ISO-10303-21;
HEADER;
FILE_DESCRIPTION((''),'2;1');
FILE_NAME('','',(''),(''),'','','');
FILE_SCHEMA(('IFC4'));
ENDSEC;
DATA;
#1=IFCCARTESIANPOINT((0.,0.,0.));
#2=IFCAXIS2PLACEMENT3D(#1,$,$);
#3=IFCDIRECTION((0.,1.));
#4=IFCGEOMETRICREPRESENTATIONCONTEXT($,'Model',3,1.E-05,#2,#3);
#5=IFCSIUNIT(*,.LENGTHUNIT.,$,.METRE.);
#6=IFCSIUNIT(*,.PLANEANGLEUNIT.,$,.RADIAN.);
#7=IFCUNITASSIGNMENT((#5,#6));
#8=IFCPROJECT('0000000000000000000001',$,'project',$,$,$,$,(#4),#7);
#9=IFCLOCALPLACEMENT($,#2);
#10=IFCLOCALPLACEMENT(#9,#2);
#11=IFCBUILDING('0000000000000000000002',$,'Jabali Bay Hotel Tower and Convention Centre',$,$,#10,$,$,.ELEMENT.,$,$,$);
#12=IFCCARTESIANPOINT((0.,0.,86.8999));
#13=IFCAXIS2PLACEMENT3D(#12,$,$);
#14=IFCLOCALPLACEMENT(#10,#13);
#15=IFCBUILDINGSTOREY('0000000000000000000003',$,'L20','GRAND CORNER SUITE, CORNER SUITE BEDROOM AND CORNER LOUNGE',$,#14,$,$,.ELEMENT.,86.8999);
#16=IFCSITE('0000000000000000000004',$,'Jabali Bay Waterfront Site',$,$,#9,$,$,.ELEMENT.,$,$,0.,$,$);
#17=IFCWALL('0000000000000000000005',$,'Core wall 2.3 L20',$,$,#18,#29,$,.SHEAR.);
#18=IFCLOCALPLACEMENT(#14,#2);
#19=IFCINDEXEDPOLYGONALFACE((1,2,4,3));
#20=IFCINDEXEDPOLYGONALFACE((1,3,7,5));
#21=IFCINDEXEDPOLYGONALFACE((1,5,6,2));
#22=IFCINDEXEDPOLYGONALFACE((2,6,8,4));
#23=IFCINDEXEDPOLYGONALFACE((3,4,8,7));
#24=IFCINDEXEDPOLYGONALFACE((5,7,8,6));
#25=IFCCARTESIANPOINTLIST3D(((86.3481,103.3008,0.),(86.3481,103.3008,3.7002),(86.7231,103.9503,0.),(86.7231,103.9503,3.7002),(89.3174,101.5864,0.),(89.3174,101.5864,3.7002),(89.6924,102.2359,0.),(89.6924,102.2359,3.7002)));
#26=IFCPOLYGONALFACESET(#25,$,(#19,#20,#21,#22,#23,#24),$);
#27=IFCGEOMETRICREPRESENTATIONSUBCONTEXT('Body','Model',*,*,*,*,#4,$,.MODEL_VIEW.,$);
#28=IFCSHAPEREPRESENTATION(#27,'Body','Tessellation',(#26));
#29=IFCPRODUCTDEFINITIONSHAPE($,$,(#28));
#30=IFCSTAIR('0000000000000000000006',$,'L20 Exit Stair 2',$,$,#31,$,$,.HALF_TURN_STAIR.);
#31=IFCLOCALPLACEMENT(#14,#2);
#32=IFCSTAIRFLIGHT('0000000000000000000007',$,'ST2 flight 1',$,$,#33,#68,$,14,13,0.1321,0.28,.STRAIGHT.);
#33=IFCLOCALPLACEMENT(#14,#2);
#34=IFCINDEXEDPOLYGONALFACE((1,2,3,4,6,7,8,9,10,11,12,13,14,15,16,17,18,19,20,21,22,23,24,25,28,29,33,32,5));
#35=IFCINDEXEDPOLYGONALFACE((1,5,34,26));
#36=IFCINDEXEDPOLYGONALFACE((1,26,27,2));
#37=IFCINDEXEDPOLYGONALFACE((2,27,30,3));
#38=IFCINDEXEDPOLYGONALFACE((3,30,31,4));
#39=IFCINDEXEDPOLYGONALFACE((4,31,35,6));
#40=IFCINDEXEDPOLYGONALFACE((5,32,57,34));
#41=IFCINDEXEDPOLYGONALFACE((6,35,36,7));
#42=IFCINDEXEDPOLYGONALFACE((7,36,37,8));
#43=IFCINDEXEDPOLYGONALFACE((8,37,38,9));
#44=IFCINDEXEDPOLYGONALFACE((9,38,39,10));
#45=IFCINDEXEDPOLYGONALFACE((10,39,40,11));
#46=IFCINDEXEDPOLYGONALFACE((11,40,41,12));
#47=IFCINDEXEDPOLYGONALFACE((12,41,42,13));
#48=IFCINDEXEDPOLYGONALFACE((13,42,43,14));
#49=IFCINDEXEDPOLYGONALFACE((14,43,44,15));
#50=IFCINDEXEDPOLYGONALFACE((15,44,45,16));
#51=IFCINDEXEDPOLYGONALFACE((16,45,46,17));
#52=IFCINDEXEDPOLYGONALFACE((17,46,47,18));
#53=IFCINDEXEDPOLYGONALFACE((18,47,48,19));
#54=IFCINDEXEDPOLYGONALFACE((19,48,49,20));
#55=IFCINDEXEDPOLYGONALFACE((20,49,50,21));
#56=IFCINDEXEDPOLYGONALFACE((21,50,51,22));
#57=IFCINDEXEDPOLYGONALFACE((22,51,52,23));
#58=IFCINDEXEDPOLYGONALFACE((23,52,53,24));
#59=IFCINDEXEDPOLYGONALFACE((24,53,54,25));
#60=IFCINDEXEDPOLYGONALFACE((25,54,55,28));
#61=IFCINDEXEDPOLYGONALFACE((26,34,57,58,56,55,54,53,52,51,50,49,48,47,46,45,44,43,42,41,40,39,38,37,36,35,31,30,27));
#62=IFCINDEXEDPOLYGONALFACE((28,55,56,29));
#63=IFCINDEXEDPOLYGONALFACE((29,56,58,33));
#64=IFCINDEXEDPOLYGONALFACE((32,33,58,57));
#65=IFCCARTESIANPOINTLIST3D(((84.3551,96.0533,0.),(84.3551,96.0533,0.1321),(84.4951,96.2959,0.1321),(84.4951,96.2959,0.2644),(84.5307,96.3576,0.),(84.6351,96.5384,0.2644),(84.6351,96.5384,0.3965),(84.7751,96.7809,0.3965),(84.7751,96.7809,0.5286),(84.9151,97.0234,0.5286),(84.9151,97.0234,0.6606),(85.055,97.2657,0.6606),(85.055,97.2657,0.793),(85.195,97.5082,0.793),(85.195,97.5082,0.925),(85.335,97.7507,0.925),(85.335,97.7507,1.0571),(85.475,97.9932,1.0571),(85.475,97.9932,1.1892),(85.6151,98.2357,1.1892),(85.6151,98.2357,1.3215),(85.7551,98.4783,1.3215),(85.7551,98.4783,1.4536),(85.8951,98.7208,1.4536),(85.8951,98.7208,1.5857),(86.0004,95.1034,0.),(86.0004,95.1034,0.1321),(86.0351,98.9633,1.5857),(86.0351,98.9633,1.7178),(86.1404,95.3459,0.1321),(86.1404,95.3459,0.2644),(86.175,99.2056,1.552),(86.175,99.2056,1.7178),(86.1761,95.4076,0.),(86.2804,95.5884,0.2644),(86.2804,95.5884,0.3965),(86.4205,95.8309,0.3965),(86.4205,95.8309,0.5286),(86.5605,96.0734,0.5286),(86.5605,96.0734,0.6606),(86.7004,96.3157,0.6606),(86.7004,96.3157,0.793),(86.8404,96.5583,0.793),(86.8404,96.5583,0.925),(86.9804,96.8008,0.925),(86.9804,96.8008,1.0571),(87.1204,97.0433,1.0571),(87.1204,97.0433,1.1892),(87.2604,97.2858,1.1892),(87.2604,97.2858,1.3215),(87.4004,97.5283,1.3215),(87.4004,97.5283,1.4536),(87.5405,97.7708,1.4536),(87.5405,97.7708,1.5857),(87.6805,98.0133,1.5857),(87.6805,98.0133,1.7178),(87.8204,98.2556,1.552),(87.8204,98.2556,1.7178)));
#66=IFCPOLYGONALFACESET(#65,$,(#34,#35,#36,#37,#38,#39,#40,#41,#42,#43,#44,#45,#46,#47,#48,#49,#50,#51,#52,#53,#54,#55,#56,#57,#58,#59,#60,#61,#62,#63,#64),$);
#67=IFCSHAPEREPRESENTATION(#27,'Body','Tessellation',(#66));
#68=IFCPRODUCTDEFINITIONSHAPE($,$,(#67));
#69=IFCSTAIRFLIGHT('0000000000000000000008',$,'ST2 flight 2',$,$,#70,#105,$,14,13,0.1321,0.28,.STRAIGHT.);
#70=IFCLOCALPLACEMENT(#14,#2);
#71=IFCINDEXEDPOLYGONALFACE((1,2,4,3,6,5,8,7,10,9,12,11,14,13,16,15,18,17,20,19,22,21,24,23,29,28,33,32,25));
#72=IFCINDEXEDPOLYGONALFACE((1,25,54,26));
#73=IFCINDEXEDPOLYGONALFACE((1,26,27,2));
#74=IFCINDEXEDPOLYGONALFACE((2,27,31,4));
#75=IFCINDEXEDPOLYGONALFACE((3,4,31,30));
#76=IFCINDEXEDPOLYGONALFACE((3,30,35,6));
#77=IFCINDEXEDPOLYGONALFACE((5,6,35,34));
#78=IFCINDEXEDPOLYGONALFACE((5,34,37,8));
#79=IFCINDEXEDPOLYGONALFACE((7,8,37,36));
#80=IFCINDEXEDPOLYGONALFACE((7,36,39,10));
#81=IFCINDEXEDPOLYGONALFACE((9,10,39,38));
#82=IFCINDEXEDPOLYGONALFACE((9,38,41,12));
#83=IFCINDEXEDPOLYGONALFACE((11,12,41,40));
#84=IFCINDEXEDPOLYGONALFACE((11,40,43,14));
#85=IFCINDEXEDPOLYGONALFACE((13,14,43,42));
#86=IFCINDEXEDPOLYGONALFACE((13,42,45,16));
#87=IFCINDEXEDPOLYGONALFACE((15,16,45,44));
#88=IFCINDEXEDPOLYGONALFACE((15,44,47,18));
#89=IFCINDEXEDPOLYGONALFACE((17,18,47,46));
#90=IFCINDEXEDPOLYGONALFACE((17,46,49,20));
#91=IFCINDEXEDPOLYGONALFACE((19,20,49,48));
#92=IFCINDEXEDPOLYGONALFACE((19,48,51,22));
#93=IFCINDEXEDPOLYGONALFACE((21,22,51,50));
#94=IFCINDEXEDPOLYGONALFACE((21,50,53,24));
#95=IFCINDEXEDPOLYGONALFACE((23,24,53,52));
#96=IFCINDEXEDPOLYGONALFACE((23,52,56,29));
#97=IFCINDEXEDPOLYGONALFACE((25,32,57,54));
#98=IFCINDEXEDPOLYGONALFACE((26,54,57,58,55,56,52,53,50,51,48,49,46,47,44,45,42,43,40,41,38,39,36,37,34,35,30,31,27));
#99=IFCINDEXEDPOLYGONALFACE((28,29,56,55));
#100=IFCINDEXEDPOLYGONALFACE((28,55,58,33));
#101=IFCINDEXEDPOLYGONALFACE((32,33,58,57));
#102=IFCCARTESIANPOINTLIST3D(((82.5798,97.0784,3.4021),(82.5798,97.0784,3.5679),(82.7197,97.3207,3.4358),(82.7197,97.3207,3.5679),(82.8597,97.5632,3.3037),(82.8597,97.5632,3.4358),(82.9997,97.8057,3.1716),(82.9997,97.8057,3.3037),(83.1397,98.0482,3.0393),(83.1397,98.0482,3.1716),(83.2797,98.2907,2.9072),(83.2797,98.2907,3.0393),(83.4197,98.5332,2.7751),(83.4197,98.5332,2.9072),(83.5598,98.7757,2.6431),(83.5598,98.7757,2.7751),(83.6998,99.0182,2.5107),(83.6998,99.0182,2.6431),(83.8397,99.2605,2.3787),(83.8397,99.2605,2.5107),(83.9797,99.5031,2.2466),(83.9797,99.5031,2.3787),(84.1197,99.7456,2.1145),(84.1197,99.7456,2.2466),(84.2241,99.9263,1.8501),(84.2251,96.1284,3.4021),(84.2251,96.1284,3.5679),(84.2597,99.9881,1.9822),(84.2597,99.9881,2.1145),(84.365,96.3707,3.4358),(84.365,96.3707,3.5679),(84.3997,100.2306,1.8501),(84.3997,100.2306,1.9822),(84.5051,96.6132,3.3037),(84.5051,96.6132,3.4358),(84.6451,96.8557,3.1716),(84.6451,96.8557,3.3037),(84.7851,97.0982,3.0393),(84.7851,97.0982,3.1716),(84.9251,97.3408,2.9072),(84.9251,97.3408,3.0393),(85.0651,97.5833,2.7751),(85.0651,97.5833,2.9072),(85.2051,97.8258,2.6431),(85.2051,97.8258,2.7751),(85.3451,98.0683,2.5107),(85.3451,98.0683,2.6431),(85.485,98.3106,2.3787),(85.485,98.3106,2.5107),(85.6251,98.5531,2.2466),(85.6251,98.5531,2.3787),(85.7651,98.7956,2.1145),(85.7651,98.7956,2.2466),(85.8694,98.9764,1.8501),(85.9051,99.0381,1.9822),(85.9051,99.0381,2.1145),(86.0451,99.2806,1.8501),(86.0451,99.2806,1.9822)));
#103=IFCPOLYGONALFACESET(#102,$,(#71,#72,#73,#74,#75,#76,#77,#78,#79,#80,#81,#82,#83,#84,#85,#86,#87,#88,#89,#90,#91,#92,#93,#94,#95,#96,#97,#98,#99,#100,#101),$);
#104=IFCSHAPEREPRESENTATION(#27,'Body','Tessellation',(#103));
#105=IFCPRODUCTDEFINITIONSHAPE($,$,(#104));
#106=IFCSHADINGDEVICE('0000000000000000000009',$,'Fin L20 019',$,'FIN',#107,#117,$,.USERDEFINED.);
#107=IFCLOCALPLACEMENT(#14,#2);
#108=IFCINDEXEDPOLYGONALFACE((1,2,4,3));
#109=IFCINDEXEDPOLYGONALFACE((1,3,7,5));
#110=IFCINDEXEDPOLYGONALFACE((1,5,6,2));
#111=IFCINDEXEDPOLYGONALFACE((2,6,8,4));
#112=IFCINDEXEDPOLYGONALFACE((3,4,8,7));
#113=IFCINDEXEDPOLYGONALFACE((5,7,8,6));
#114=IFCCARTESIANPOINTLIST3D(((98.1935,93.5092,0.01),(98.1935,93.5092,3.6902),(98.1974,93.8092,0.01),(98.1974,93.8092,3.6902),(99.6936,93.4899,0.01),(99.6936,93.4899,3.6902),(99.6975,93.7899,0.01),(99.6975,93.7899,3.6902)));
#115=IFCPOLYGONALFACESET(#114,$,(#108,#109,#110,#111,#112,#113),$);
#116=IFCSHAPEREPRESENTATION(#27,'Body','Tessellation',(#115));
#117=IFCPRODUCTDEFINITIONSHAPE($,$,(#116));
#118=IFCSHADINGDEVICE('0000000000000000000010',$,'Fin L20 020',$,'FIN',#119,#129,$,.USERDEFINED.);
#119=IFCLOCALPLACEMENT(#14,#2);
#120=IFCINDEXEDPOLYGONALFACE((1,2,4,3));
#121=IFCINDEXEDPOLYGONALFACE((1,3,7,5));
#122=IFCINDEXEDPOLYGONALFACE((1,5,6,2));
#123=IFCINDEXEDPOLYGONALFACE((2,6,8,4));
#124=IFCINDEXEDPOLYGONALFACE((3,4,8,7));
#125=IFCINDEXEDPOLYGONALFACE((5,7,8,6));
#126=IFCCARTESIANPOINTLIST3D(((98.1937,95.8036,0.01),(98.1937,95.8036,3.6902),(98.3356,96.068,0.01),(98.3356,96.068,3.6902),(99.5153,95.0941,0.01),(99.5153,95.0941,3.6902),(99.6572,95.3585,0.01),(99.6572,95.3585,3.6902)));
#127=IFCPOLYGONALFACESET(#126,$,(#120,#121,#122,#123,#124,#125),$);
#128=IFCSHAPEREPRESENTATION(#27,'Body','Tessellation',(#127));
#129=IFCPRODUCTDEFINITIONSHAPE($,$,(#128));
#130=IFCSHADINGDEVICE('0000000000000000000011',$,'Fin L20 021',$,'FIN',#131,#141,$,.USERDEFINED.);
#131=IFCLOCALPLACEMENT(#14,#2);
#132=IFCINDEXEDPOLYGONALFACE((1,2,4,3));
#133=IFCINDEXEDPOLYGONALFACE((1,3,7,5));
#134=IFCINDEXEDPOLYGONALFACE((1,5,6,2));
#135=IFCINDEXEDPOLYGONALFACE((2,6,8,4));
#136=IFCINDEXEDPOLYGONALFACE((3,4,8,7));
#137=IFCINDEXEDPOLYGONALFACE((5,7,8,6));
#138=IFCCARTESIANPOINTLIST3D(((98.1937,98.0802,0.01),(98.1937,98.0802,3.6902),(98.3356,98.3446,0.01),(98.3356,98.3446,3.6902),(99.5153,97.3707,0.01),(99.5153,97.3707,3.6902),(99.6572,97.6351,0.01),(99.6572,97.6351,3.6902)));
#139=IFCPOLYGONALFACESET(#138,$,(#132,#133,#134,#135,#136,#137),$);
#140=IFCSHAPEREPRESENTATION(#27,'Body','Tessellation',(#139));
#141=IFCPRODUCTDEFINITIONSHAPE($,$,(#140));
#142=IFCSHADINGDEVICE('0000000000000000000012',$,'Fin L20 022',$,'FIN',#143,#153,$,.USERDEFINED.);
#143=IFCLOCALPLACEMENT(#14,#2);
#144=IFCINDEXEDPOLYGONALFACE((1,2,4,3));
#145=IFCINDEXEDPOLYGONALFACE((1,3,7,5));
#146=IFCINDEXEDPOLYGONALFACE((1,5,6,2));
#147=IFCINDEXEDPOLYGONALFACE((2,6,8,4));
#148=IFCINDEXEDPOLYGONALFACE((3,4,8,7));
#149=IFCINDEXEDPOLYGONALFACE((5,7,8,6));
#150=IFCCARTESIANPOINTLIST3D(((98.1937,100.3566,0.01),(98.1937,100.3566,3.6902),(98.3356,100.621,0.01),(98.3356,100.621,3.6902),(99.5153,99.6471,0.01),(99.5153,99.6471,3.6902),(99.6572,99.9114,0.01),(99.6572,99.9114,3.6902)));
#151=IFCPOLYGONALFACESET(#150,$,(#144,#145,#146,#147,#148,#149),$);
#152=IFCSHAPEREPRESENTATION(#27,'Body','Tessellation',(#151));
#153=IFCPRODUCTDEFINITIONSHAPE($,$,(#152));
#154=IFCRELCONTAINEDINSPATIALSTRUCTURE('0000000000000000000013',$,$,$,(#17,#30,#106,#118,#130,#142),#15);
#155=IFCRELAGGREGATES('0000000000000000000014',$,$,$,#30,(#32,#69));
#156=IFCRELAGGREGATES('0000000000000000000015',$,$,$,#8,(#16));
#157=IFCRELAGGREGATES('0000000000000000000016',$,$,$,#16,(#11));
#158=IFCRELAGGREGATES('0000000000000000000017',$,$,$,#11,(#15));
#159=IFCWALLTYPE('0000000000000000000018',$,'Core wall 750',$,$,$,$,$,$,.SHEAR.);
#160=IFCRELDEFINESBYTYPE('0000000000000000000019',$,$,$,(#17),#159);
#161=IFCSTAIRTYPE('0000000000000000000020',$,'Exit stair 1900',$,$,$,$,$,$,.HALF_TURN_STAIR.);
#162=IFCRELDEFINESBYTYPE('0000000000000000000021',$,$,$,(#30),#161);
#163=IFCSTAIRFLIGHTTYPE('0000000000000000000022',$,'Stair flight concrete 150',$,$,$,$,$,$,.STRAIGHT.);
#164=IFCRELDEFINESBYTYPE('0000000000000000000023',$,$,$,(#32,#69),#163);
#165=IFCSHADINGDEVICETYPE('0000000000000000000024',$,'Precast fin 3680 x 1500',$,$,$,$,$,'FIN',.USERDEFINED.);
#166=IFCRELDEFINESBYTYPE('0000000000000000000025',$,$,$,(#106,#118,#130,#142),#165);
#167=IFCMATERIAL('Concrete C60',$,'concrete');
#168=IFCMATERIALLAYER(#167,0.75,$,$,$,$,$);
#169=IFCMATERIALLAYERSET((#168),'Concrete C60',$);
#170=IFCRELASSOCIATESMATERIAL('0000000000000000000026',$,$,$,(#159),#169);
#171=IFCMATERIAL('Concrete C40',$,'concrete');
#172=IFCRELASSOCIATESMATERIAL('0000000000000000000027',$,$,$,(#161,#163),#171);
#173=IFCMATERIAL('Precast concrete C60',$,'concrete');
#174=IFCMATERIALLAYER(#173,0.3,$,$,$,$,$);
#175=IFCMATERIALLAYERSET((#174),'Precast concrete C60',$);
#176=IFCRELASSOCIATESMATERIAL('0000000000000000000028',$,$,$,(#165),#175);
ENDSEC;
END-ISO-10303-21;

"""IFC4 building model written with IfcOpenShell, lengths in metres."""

from ifc_helpers import new_model, si_unit, direction, frame, frame_2d, origin, place, context, subcontext, project, spatial, polyline, rectangle, outline, extrude, material, layer, layer_set, type_object, element, aggregate, save


model = new_model("IFC4")

# Units and contexts
model_context = context("Model", 3, precision=1e-05, world=origin(), true_north=direction((0.0, 1.0)))
body_context = subcontext(model_context, "Body", "Model", "MODEL_VIEW")
ifc_project = project(units=[si_unit("LENGTHUNIT", "METRE"), si_unit("PLANEANGLEUNIT", "RADIAN")], contexts=[model_context])

# Site, building, storey
site_placement = place(None, origin())
site = spatial("IfcSite", under=ifc_project, at=site_placement, Name="Jabali Bay Waterfront Site", CompositionType="ELEMENT", RefElevation=0.0)
building_placement = place(site_placement, origin())
building = spatial("IfcBuilding", under=site, at=building_placement, Name="Jabali Bay Hotel Tower and Convention Centre", CompositionType="ELEMENT")
storey_placement = place(building_placement, frame((0.0, 0.0, 86.8999)))
storey = spatial("IfcBuildingStorey", under=building, at=storey_placement, Name="L20", Description="GRAND CORNER SUITE, CORNER SUITE BEDROOM AND CORNER LOUNGE", CompositionType="ELEMENT", Elevation=86.8999)

# Shared definitions
ifc_material_1 = material(Name="Concrete C60", Category="concrete")

# Shared definitions
ifc_material_2 = material(Name="Concrete C40", Category="concrete")

# Wall
ifc_layer_1 = layer(ifc_material_1, 0.75)
ifc_layer_set_1 = layer_set([ifc_layer_1], Name="Concrete C60")
wall_type_1 = type_object("IfcWallType", Name="Core wall 750", PredefinedType="SHEAR", material=ifc_layer_set_1)
wall_1_placement = place(storey_placement, frame((89.5049, 101.9111, 0.0), z_axis=(0.0, 0.0, 1.0), x_axis=(-0.866017, 0.500014, 0.0)))
element("IfcWall", 1, at=wall_1_placement, inside=storey, type_object=wall_type_1, Name="Core wall 2.3 L20", PredefinedType="SHEAR", context=body_context, shape_type="SweptSolid", body=[
    extrude(rectangle(XDim=3.4287, YDim=0.75, at=frame_2d((1.7144, 0.0))), origin(), (0.0, 0.0, 1.0), 3.7002),
])

# Stair, stair flights
stair_type = type_object("IfcStairType", Name="Exit stair 1900", PredefinedType="HALF_TURN_STAIR", material=ifc_material_2)
stair_placement = place(storey_placement, origin())
stair = element("IfcStair", 2, at=stair_placement, inside=storey, type_object=stair_type, Name="L20 Exit Stair 2", PredefinedType="HALF_TURN_STAIR")
stair_flight_type = type_object("IfcStairFlightType", Name="Stair flight concrete 150", PredefinedType="STRAIGHT", material=ifc_material_2)
stair_flight_1_placement = place(storey_placement, frame((85.1777, 95.5784, 0.0), z_axis=(0.0, 0.0, 1.0), x_axis=(0.5, 0.866025, 0.0)))
stair_flight_1 = element("IfcStairFlight", 3, at=stair_flight_1_placement, type_object=stair_flight_type, Name="ST2 flight 1", NumberOfRisers=14, NumberOfTreads=13, PredefinedType="STRAIGHT", RiserHeight=0.1321, TreadLength=0.28, context=body_context, shape_type="SweptSolid", body=[
    extrude(outline(polyline([(0.0, 0.0), (0.0, 0.1321), (0.28, 0.1321), (0.28, 0.2644), (0.5601, 0.2644), (0.5601, 0.3965), (0.8401, 0.3965), (0.8401, 0.5286), (1.1201, 0.5286), (1.1201, 0.6606), (1.3999, 0.6606), (1.3999, 0.793), (1.6799, 0.793), (1.6799, 0.925), (1.96, 0.925), (1.96, 1.0571), (2.24, 1.0571), (2.24, 1.1892), (2.52, 1.1892), (2.52, 1.3215), (2.8, 1.3215), (2.8, 1.4536), (3.0801, 1.4536), (3.0801, 1.5857), (3.3601, 1.5857), (3.3601, 1.7178), (3.6399, 1.7178), (3.6399, 1.8501), (3.6399, 1.552), (0.3513, 0.0), (0.0, 0.0)])), frame((0.0, 0.95, 0.0), z_axis=(0.0, -1.0, 0.0), x_axis=(1.0, 0.0, 0.0)), (0.0, 0.0, 1.0), 1.8999),
])
stair_flight_2_placement = place(storey_placement, frame((85.2224, 99.7556, 1.8501), z_axis=(0.0, 0.0, 1.0), x_axis=(-0.5, -0.866025, 0.0)))
stair_flight_2 = element("IfcStairFlight", 4, at=stair_flight_2_placement, type_object=stair_flight_type, Name="ST2 flight 2", NumberOfRisers=14, NumberOfTreads=13, PredefinedType="STRAIGHT", RiserHeight=0.1321, TreadLength=0.28, context=body_context, shape_type="SweptSolid", body=[
    extrude(outline(polyline([(0.0, 0.0), (0.0, 0.1321), (0.28, 0.1321), (0.28, 0.2644), (0.5601, 0.2644), (0.5601, 0.3965), (0.8401, 0.3965), (0.8401, 0.5286), (1.1201, 0.5286), (1.1201, 0.6606), (1.3999, 0.6606), (1.3999, 0.793), (1.6799, 0.793), (1.6799, 0.925), (1.96, 0.925), (1.96, 1.0571), (2.24, 1.0571), (2.24, 1.1892), (2.52, 1.1892), (2.52, 1.3215), (2.8, 1.3215), (2.8, 1.4536), (3.0801, 1.4536), (3.0801, 1.5857), (3.3601, 1.5857), (3.3601, 1.7178), (3.6399, 1.7178), (3.6399, 1.8501), (3.6399, 1.552), (0.3513, 0.0), (0.0, 0.0)])), frame((0.0, 0.95, 0.0), z_axis=(0.0, -1.0, 0.0), x_axis=(1.0, 0.0, 0.0)), (0.0, 0.0, 1.0), 1.8999),
])
aggregate(stair, [stair_flight_1, stair_flight_2])

# Shading devices
ifc_material_3 = material(Name="Precast concrete C60", Category="concrete")
ifc_layer_2 = layer(ifc_material_3, 0.3)
ifc_layer_set_2 = layer_set([ifc_layer_2], Name="Precast concrete C60")
shading_device_type = type_object("IfcShadingDeviceType", Name="Precast fin 3680 x 1500", ElementType="FIN", PredefinedType="USERDEFINED", material=ifc_layer_set_2)
shading_device_placement = place(storey_placement, frame((98.1956, 93.6592, 0.01), z_axis=(0.0, 0.0, 1.0), x_axis=(0.999917, -0.012857, 0.0)))
element("IfcShadingDevice", 5, at=shading_device_placement, inside=storey, type_object=shading_device_type, Name="Fin L20 019", ObjectType="FIN", PredefinedType="USERDEFINED", context=body_context, shape_type="SweptSolid", body=[
    extrude(rectangle(XDim=1.5002, YDim=0.3, at=frame_2d((0.75, 0.0))), origin(), (0.0, 0.0, 1.0), 3.6802),
])
for number, where, z_axis, x_axis, name in (
    (6, (98.2646, 95.9358, 0.01), (0.0, 0.0, 1.0), (0.881061, -0.473003, 0.0), "Fin L20 020"),
    (7, (98.2646, 98.2124, 0.01), (0.0, 0.0, 1.0), (0.881061, -0.473003, 0.0), "Fin L20 021"),
    (8, (98.2646, 100.4888, 0.01), (0.0, 0.0, 1.0), (0.881061, -0.473003, 0.0), "Fin L20 022"),
):
    element("IfcShadingDevice", number, at=place(storey_placement, frame(where, z_axis=z_axis, x_axis=x_axis)), inside=storey, type_object=shading_device_type, Name=name, ObjectType="FIN", PredefinedType="USERDEFINED", context=body_context, shape_type="SweptSolid", body=[
        extrude(rectangle(XDim=1.5, YDim=0.3, at=frame_2d((0.75, 0.0))), origin(), (0.0, 0.0, 1.0), 3.6802),
    ])

save(model, "model.ifc")
